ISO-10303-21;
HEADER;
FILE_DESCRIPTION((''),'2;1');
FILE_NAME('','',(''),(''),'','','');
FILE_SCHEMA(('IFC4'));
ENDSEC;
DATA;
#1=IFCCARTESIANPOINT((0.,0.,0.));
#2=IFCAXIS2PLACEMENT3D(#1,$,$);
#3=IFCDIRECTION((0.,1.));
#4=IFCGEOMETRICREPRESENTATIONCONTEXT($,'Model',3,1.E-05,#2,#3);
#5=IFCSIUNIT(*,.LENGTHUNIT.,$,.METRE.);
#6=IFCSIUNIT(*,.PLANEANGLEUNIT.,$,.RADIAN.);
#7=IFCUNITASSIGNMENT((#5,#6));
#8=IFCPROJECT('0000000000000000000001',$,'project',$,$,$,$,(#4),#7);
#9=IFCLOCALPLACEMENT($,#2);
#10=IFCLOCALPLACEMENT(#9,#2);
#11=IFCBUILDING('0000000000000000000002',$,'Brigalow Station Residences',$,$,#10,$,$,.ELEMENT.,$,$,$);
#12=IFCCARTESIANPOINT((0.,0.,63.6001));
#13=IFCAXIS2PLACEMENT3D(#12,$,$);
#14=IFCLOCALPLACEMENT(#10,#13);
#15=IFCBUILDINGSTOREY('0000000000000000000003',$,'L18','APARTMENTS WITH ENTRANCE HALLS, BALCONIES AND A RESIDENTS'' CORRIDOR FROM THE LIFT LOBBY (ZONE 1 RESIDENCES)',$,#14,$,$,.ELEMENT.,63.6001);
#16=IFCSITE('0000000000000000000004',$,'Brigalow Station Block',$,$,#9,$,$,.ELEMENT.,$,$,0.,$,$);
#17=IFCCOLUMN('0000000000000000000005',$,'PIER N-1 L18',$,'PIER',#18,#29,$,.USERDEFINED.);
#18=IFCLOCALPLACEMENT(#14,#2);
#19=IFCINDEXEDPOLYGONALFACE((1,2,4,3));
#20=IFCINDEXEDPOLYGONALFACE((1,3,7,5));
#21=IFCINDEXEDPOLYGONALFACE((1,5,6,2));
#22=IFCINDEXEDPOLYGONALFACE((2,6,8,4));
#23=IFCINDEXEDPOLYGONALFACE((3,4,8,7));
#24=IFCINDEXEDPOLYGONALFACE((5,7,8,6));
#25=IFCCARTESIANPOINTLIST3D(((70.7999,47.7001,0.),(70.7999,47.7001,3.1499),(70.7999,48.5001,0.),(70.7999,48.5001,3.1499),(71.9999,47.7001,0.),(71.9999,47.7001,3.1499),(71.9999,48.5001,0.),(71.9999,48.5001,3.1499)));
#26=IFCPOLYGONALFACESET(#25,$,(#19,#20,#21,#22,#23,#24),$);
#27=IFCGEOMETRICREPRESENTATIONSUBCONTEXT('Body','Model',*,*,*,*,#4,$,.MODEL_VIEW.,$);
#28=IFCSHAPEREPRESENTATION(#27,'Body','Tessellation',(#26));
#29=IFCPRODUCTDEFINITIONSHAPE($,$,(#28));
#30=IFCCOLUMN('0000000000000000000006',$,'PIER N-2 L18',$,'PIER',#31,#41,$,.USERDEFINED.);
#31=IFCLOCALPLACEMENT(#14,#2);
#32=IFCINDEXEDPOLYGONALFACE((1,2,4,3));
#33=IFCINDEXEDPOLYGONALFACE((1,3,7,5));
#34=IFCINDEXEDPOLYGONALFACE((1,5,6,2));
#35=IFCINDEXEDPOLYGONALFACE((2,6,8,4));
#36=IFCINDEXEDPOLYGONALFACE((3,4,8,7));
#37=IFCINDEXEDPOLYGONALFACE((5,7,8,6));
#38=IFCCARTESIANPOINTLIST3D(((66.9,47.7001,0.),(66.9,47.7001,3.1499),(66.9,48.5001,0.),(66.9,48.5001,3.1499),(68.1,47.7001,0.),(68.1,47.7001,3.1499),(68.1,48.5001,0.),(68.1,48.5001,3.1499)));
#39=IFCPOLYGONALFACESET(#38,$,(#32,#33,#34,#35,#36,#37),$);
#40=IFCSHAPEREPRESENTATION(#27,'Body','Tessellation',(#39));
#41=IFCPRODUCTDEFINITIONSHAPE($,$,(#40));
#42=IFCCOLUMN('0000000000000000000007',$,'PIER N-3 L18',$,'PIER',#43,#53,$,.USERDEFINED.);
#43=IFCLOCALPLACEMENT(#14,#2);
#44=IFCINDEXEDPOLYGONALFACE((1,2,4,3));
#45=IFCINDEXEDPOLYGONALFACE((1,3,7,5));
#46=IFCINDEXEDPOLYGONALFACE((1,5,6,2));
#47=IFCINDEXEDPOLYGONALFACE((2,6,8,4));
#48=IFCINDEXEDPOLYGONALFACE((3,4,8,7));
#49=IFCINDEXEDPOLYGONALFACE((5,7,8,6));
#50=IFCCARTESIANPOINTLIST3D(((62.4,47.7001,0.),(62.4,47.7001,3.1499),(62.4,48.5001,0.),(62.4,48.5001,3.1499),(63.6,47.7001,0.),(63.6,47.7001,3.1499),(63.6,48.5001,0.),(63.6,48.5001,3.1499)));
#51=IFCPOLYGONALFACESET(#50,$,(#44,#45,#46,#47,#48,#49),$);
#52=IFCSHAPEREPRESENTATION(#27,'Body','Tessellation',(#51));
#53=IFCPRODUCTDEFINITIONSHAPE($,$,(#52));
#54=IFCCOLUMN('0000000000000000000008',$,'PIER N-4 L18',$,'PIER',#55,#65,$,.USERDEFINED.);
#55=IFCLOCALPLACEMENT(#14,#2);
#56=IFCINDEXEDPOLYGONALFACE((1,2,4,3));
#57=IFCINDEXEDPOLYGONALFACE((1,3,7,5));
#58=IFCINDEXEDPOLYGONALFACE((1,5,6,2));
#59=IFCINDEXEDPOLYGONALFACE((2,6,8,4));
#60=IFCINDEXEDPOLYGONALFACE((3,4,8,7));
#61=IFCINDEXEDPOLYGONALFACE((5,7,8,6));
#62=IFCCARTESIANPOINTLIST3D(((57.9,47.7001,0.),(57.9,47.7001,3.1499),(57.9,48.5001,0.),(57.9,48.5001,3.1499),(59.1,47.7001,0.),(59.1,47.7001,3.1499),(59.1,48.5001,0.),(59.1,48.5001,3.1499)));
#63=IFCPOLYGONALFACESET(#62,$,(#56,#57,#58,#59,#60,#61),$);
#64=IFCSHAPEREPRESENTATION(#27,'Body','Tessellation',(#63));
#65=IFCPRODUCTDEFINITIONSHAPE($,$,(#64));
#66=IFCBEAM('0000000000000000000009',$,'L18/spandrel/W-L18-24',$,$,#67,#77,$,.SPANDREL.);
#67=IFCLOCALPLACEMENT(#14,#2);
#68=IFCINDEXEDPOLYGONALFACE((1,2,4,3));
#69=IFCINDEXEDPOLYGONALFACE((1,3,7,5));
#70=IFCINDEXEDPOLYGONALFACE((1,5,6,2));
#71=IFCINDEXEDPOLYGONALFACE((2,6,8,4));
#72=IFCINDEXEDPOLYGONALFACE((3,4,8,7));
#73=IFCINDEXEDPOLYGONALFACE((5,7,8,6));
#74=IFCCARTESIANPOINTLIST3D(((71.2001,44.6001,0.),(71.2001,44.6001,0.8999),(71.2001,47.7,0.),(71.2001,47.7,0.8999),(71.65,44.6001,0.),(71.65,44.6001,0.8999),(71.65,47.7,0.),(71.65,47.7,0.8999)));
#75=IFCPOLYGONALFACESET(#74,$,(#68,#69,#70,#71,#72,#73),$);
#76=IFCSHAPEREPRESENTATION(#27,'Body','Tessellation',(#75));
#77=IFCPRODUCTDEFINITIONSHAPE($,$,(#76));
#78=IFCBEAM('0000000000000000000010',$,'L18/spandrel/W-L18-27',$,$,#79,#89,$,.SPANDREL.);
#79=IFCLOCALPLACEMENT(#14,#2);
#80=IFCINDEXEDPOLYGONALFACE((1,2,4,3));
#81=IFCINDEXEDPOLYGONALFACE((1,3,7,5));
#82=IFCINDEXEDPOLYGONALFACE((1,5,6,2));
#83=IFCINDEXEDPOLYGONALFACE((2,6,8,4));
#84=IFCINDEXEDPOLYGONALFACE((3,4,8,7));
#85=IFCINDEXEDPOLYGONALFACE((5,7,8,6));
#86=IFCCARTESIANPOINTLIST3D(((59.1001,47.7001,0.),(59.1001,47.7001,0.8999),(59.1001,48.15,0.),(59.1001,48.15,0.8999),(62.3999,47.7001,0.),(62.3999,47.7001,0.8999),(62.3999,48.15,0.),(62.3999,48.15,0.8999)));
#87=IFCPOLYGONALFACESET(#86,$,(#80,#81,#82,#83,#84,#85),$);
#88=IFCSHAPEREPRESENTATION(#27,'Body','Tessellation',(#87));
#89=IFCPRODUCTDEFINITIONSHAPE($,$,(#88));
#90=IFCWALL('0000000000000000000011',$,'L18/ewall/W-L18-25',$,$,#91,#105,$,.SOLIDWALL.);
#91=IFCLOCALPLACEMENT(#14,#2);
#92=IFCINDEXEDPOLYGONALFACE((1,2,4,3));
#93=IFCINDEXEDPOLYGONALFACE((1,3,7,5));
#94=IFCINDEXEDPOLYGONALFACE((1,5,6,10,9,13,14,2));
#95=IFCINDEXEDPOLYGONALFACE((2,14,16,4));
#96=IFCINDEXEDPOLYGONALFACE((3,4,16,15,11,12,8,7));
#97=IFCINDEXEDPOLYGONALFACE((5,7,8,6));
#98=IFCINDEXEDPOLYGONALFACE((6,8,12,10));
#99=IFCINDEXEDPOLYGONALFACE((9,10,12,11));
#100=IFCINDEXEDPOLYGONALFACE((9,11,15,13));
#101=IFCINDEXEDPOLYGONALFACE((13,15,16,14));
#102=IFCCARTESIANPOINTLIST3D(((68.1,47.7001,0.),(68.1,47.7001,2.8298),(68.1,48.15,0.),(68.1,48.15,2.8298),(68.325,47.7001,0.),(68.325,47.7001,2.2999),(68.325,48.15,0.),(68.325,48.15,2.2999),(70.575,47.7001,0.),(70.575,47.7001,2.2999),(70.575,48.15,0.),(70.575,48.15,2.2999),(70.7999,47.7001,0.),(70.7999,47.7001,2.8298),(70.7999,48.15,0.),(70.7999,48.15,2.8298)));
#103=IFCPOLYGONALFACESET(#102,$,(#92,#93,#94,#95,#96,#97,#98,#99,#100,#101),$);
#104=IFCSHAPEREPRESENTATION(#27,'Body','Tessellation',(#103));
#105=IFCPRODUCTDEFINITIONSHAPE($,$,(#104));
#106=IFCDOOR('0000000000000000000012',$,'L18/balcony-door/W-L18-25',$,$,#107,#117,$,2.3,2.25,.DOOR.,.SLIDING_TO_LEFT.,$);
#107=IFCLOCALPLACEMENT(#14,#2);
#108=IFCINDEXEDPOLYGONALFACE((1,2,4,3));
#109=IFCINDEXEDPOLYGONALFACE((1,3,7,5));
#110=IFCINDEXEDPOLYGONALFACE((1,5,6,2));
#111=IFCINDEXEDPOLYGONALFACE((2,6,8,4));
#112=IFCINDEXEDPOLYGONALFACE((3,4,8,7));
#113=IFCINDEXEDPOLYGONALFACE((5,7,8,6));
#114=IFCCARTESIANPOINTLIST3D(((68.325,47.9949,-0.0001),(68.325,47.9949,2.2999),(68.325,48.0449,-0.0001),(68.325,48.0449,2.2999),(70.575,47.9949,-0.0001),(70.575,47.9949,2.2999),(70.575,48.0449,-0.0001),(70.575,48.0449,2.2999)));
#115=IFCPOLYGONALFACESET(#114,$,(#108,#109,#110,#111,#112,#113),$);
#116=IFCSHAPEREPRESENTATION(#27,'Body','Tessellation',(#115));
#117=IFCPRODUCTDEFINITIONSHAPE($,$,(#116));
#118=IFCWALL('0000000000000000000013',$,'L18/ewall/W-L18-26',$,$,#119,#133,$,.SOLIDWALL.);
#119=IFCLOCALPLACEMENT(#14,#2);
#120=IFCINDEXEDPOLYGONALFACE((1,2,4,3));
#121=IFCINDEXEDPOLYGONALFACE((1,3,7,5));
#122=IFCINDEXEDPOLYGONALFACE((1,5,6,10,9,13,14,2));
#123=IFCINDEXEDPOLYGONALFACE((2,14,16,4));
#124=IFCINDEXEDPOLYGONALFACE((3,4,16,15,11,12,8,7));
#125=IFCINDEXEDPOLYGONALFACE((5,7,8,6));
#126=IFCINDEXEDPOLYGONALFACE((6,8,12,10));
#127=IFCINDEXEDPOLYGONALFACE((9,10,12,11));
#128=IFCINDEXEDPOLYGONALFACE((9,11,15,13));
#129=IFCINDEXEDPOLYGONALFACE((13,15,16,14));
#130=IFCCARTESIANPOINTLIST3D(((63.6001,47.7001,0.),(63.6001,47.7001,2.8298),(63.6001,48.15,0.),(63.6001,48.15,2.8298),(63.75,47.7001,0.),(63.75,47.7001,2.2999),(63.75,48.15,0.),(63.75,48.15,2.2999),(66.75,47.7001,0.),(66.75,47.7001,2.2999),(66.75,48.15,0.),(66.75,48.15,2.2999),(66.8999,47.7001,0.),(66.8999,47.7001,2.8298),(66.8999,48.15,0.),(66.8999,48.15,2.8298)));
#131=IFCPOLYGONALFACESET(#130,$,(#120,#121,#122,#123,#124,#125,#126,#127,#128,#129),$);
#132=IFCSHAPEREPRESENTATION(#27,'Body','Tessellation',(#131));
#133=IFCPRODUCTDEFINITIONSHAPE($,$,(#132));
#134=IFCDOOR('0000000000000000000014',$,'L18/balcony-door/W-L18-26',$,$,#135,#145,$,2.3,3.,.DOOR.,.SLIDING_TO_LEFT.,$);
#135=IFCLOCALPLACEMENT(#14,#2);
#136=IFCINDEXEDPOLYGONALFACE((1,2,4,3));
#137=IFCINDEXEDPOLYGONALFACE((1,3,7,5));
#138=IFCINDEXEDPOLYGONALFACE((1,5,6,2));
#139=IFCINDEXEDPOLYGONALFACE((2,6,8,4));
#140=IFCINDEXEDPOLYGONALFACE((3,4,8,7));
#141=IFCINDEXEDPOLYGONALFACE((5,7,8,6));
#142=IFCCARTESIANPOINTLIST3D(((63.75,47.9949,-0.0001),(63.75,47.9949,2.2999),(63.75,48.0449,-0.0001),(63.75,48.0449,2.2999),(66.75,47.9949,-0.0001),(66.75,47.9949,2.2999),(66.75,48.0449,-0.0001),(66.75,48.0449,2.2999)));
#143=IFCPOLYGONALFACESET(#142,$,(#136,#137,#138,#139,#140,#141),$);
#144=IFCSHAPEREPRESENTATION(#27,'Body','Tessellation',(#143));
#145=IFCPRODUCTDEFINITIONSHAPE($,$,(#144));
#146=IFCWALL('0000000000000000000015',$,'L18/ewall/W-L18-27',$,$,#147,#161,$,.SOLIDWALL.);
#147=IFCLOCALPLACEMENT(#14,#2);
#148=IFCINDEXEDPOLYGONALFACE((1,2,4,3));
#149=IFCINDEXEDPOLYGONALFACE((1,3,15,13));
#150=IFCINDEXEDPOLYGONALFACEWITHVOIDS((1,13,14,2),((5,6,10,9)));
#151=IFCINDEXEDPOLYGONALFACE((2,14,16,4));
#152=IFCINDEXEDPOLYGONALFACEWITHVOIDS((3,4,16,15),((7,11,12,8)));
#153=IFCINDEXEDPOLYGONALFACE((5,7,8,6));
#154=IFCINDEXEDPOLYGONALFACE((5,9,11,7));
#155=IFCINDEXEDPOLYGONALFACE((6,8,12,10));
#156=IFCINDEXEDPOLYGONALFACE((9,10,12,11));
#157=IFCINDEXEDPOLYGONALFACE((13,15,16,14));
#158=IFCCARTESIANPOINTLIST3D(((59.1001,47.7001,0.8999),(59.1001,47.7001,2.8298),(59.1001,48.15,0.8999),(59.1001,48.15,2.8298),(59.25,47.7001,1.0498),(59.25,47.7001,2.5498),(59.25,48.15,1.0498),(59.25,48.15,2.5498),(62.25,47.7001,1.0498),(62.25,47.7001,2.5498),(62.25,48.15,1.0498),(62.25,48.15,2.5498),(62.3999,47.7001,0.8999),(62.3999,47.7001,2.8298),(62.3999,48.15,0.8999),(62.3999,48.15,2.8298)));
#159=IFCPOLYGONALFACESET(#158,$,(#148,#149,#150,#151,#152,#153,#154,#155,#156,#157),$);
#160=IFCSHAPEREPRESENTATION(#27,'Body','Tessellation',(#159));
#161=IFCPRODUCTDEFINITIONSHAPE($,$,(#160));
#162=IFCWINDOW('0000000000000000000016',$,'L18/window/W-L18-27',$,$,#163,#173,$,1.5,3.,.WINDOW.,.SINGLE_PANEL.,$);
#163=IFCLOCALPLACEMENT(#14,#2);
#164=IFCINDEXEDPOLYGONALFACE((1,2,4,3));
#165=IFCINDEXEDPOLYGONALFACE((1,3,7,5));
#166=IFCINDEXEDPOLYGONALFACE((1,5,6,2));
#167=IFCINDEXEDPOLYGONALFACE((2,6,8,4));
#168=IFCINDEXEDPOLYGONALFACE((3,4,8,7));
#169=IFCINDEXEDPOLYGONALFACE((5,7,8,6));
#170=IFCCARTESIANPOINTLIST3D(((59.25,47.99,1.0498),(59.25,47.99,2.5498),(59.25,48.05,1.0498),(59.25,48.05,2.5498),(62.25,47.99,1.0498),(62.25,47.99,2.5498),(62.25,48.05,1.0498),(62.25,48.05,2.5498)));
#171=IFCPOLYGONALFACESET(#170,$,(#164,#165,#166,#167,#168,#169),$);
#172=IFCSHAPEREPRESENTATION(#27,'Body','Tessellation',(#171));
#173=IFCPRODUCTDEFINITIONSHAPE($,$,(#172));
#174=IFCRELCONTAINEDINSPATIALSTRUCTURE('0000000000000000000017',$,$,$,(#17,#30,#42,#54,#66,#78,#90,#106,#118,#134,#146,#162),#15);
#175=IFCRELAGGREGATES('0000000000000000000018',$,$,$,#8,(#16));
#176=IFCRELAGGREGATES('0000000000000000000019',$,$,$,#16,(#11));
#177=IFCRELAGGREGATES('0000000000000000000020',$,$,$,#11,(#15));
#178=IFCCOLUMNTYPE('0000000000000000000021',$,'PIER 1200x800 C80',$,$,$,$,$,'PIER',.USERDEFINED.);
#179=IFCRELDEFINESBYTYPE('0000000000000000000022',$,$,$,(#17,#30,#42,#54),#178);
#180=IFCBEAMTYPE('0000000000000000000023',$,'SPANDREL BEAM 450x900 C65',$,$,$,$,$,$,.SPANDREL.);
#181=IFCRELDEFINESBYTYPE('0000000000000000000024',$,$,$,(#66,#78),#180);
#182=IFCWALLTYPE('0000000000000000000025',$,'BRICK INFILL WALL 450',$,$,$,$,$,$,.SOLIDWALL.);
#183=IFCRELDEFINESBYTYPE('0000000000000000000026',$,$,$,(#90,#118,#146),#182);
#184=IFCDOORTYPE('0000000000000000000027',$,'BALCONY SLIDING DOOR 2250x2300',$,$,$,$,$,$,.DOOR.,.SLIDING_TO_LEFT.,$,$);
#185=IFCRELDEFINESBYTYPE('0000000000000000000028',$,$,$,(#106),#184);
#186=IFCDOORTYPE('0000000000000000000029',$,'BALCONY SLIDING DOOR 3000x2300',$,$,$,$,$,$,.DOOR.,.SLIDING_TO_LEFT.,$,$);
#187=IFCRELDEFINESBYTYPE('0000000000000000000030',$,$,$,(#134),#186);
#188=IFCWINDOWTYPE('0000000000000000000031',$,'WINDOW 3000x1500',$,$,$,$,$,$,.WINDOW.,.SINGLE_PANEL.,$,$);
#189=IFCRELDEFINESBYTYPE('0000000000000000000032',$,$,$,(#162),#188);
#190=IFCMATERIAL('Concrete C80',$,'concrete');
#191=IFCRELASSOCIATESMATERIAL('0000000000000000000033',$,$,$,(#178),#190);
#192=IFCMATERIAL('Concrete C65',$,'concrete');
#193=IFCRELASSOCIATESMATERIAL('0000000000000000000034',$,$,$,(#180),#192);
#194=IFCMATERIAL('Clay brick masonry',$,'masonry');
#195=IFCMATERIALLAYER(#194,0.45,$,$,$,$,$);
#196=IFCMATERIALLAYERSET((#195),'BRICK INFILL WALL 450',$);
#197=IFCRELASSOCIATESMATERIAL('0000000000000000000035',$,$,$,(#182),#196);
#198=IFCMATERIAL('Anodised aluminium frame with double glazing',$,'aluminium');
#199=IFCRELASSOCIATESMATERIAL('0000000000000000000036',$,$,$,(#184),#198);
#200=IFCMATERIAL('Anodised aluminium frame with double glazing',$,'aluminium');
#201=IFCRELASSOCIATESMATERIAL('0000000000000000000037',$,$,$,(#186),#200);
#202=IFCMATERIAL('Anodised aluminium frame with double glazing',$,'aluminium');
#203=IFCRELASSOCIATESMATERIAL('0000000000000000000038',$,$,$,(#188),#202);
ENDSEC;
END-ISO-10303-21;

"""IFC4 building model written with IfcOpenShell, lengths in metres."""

from ifc_helpers import new_model, si_unit, direction, frame, frame_2d, origin, origin_2d, place, context, subcontext, project, spatial, rectangle, extrude, material, layer, layer_set, material_profile, profile_set, type_object, element, fill, save


model = new_model("IFC4")

# Units and contexts
model_context = context("Model", 3, precision=1e-05, world=origin(), true_north=direction((0.0, 1.0)))
body_context = subcontext(model_context, "Body", "Model", "MODEL_VIEW")
ifc_project = project(units=[si_unit("LENGTHUNIT", "METRE"), si_unit("PLANEANGLEUNIT", "RADIAN")], contexts=[model_context])

# Site, building, storey
site_placement = place(None, origin())
site = spatial("IfcSite", under=ifc_project, at=site_placement, Name="Brigalow Station Block", CompositionType="ELEMENT", RefElevation=0.0)
building_placement = place(site_placement, origin())
building = spatial("IfcBuilding", under=site, at=building_placement, Name="Brigalow Station Residences", CompositionType="ELEMENT")
storey_placement = place(building_placement, frame((0.0, 0.0, 63.6001)))
storey = spatial("IfcBuildingStorey", under=building, at=storey_placement, Name="L18", Description="APARTMENTS WITH ENTRANCE HALLS, BALCONIES AND A RESIDENTS' CORRIDOR FROM THE LIFT LOBBY (ZONE 1 RESIDENCES)", CompositionType="ELEMENT", Elevation=63.6001)

# Columns
ifc_material_1 = material(Name="Concrete C80", Category="concrete")
ifc_material_profile_1 = material_profile(ifc_material_1, rectangle(XDim=1.2, YDim=0.8, at=origin_2d()), Name="RC1200x800")
ifc_profile_set_1 = profile_set([ifc_material_profile_1], Name="Concrete C80")
column_type = type_object("IfcColumnType", Name="PIER 1200x800 C80", ElementType="PIER", PredefinedType="USERDEFINED", material=ifc_profile_set_1)
for number, where, z_axis, x_axis, name in (
    (1, (71.3999, 48.1001, 0.0), (0.0, 0.0, 1.0), (-1.0, 0.0, 0.0), "PIER N-1 L18"),
    (2, (67.5, 48.1001, 0.0), (0.0, 0.0, 1.0), (-1.0, 0.0, 0.0), "PIER N-2 L18"),
    (3, (63.0, 48.1001, 0.0), (0.0, 0.0, 1.0), (-1.0, 0.0, 0.0), "PIER N-3 L18"),
    (4, (58.5, 48.1001, 0.0), (0.0, 0.0, 1.0), (-1.0, 0.0, 0.0), "PIER N-4 L18"),
):
    element("IfcColumn", number, at=place(storey_placement, frame(where, z_axis=z_axis, x_axis=x_axis)), inside=storey, type_object=column_type, Name=name, ObjectType="PIER", PredefinedType="USERDEFINED", context=body_context, shape_type="SweptSolid", body=[
        extrude(rectangle(XDim=1.2, YDim=0.8, at=origin_2d()), origin(), (0.0, 0.0, 1.0), 3.1499),
    ])

# Beams
ifc_material_2 = material(Name="Concrete C65", Category="concrete")
ifc_material_profile_2 = material_profile(ifc_material_2, rectangle(XDim=0.45, YDim=0.8999, at=origin_2d()), Name="RC450x900")
ifc_profile_set_2 = profile_set([ifc_material_profile_2], Name="Concrete C65")
beam_type = type_object("IfcBeamType", Name="SPANDREL BEAM 450x900 C65", PredefinedType="SPANDREL", material=ifc_profile_set_2)
beam_1_placement = place(storey_placement, frame((71.425, 44.6001, 0.45), z_axis=(0.0, 1.0, 0.0), x_axis=(-1.0, 0.0, 0.0)))
element("IfcBeam", 5, at=beam_1_placement, inside=storey, type_object=beam_type, Name="L18/spandrel/W-L18-24", PredefinedType="SPANDREL", context=body_context, shape_type="SweptSolid", body=[
    extrude(rectangle(XDim=0.45, YDim=0.8999, at=origin_2d()), origin(), (0.0, 0.0, 1.0), 3.0999),
])
beam_2_placement = place(storey_placement, frame((62.3999, 47.925, 0.45), z_axis=(-1.0, 0.0, 0.0), x_axis=(0.0, -1.0, 0.0)))
element("IfcBeam", 6, at=beam_2_placement, inside=storey, type_object=beam_type, Name="L18/spandrel/W-L18-27", PredefinedType="SPANDREL", context=body_context, shape_type="SweptSolid", body=[
    extrude(rectangle(XDim=0.45, YDim=0.8999, at=origin_2d()), origin(), (0.0, 0.0, 1.0), 3.2998),
])

# Walls, openings, doors
ifc_material_3 = material(Name="Clay brick masonry", Category="masonry")
ifc_layer_1 = layer(ifc_material_3, 0.45)
ifc_layer_set_1 = layer_set([ifc_layer_1], Name="BRICK INFILL WALL 450")
wall_type_1 = type_object("IfcWallType", Name="BRICK INFILL WALL 450", PredefinedType="SOLIDWALL", material=ifc_layer_set_1)
wall_1_placement = place(storey_placement, frame((70.8, 47.925, 0.0), z_axis=(0.0, 0.0, 1.0), x_axis=(-1.0, 0.0, 0.0)))
wall_1 = element("IfcWall", 7, at=wall_1_placement, inside=storey, type_object=wall_type_1, Name="L18/ewall/W-L18-25", PredefinedType="SOLIDWALL", context=body_context, shape_type="SweptSolid", body=[
    extrude(rectangle(XDim=2.7, YDim=0.45, at=frame_2d((1.3501, 0.0))), origin(), (0.0, 0.0, 1.0), 2.8298),
])
opening_1_placement = place(wall_1_placement, frame((0.2251, 0.0, 0.0)))
opening_1 = element("IfcOpeningElement", 8, at=opening_1_placement, cuts=wall_1, PredefinedType="OPENING", context=body_context, shape_type="SweptSolid", body=[
    extrude(rectangle(XDim=2.25, YDim=2.3, at=frame_2d((1.125, 1.1499))), frame((0.0, 0.2349, 0.0), z_axis=(0.0, -1.0, 0.0), x_axis=(1.0, 0.0, 0.0)), (0.0, 0.0, 1.0), 0.47),
])
ifc_material_4 = material(Name="Anodised aluminium frame with double glazing", Category="aluminium")
door_type_1 = type_object("IfcDoorType", Name="BALCONY SLIDING DOOR 2250x2300", OperationType="SLIDING_TO_LEFT", PredefinedType="DOOR", material=ifc_material_4)
door_1_placement = place(opening_1_placement, origin())
door_1 = element("IfcDoor", 9, at=door_1_placement, inside=storey, type_object=door_type_1, Name="L18/balcony-door/W-L18-25", OperationType="SLIDING_TO_LEFT", OverallHeight=2.3, OverallWidth=2.25, PredefinedType="DOOR", context=body_context, shape_type="SweptSolid", body=[
    extrude(rectangle(XDim=2.25, YDim=2.3, at=frame_2d((1.125, 1.1499))), frame((0.0, -0.0698, 0.0), z_axis=(0.0, -1.0, 0.0), x_axis=(1.0, 0.0, 0.0)), (0.0, 0.0, 1.0), 0.05),
])
fill(opening_1, door_1)
wall_2_placement = place(storey_placement, frame((66.8999, 47.925, 0.0), z_axis=(0.0, 0.0, 1.0), x_axis=(-1.0, 0.0, 0.0)))
wall_2 = element("IfcWall", 10, at=wall_2_placement, inside=storey, type_object=wall_type_1, Name="L18/ewall/W-L18-26", PredefinedType="SOLIDWALL", context=body_context, shape_type="SweptSolid", body=[
    extrude(rectangle(XDim=3.2998, YDim=0.45, at=frame_2d((1.6499, 0.0))), origin(), (0.0, 0.0, 1.0), 2.8298),
])
opening_2_placement = place(wall_2_placement, frame((0.1499, 0.0, 0.0)))
opening_2 = element("IfcOpeningElement", 11, at=opening_2_placement, cuts=wall_2, PredefinedType="OPENING", context=body_context, shape_type="SweptSolid", body=[
    extrude(rectangle(XDim=3.0, YDim=2.3, at=frame_2d((1.5, 1.1499))), frame((0.0, 0.2349, 0.0), z_axis=(0.0, -1.0, 0.0), x_axis=(1.0, 0.0, 0.0)), (0.0, 0.0, 1.0), 0.47),
])
ifc_material_5 = material(Name="Anodised aluminium frame with double glazing", Category="aluminium")
door_type_2 = type_object("IfcDoorType", Name="BALCONY SLIDING DOOR 3000x2300", OperationType="SLIDING_TO_LEFT", PredefinedType="DOOR", material=ifc_material_5)
door_2_placement = place(opening_2_placement, origin())
door_2 = element("IfcDoor", 12, at=door_2_placement, inside=storey, type_object=door_type_2, Name="L18/balcony-door/W-L18-26", OperationType="SLIDING_TO_LEFT", OverallHeight=2.3, OverallWidth=3.0, PredefinedType="DOOR", context=body_context, shape_type="SweptSolid", body=[
    extrude(rectangle(XDim=3.0, YDim=2.3, at=frame_2d((1.5, 1.1499))), frame((0.0, -0.0698, 0.0), z_axis=(0.0, -1.0, 0.0), x_axis=(1.0, 0.0, 0.0)), (0.0, 0.0, 1.0), 0.05),
])
fill(opening_2, door_2)

# Wall, opening, window
wall_3_placement = place(storey_placement, frame((62.3999, 47.925, 0.8999), z_axis=(0.0, 0.0, 1.0), x_axis=(-1.0, 0.0, 0.0)))
wall_3 = element("IfcWall", 13, at=wall_3_placement, inside=storey, type_object=wall_type_1, Name="L18/ewall/W-L18-27", PredefinedType="SOLIDWALL", context=body_context, shape_type="SweptSolid", body=[
    extrude(rectangle(XDim=3.2998, YDim=0.45, at=frame_2d((1.6499, 0.0))), origin(), (0.0, 0.0, 1.0), 1.9299),
])
opening_3_placement = place(wall_3_placement, frame((0.1499, 0.0, 0.1499)))
opening_3 = element("IfcOpeningElement", 14, at=opening_3_placement, cuts=wall_3, PredefinedType="OPENING", context=body_context, shape_type="SweptSolid", body=[
    extrude(rectangle(XDim=3.0, YDim=1.5, at=frame_2d((1.5, 0.75))), frame((0.0, 0.2349, 0.0), z_axis=(0.0, -1.0, 0.0), x_axis=(1.0, 0.0, 0.0)), (0.0, 0.0, 1.0), 0.47),
])
ifc_material_6 = material(Name="Anodised aluminium frame with double glazing", Category="aluminium")
window_type = type_object("IfcWindowType", Name="WINDOW 3000x1500", PartitioningType="SINGLE_PANEL", PredefinedType="WINDOW", material=ifc_material_6)
window_placement = place(opening_3_placement, origin())
window = element("IfcWindow", 15, at=window_placement, inside=storey, type_object=window_type, Name="L18/window/W-L18-27", OverallHeight=1.5, OverallWidth=3.0, PartitioningType="SINGLE_PANEL", PredefinedType="WINDOW", context=body_context, shape_type="SweptSolid", body=[
    extrude(rectangle(XDim=3.0, YDim=1.5, at=frame_2d((1.5, 0.75))), frame((0.0, -0.0649, 0.0), z_axis=(0.0, -1.0, 0.0), x_axis=(1.0, 0.0, 0.0)), (0.0, 0.0, 1.0), 0.0601),
])
fill(opening_3, window)

save(model, "model.ifc")
